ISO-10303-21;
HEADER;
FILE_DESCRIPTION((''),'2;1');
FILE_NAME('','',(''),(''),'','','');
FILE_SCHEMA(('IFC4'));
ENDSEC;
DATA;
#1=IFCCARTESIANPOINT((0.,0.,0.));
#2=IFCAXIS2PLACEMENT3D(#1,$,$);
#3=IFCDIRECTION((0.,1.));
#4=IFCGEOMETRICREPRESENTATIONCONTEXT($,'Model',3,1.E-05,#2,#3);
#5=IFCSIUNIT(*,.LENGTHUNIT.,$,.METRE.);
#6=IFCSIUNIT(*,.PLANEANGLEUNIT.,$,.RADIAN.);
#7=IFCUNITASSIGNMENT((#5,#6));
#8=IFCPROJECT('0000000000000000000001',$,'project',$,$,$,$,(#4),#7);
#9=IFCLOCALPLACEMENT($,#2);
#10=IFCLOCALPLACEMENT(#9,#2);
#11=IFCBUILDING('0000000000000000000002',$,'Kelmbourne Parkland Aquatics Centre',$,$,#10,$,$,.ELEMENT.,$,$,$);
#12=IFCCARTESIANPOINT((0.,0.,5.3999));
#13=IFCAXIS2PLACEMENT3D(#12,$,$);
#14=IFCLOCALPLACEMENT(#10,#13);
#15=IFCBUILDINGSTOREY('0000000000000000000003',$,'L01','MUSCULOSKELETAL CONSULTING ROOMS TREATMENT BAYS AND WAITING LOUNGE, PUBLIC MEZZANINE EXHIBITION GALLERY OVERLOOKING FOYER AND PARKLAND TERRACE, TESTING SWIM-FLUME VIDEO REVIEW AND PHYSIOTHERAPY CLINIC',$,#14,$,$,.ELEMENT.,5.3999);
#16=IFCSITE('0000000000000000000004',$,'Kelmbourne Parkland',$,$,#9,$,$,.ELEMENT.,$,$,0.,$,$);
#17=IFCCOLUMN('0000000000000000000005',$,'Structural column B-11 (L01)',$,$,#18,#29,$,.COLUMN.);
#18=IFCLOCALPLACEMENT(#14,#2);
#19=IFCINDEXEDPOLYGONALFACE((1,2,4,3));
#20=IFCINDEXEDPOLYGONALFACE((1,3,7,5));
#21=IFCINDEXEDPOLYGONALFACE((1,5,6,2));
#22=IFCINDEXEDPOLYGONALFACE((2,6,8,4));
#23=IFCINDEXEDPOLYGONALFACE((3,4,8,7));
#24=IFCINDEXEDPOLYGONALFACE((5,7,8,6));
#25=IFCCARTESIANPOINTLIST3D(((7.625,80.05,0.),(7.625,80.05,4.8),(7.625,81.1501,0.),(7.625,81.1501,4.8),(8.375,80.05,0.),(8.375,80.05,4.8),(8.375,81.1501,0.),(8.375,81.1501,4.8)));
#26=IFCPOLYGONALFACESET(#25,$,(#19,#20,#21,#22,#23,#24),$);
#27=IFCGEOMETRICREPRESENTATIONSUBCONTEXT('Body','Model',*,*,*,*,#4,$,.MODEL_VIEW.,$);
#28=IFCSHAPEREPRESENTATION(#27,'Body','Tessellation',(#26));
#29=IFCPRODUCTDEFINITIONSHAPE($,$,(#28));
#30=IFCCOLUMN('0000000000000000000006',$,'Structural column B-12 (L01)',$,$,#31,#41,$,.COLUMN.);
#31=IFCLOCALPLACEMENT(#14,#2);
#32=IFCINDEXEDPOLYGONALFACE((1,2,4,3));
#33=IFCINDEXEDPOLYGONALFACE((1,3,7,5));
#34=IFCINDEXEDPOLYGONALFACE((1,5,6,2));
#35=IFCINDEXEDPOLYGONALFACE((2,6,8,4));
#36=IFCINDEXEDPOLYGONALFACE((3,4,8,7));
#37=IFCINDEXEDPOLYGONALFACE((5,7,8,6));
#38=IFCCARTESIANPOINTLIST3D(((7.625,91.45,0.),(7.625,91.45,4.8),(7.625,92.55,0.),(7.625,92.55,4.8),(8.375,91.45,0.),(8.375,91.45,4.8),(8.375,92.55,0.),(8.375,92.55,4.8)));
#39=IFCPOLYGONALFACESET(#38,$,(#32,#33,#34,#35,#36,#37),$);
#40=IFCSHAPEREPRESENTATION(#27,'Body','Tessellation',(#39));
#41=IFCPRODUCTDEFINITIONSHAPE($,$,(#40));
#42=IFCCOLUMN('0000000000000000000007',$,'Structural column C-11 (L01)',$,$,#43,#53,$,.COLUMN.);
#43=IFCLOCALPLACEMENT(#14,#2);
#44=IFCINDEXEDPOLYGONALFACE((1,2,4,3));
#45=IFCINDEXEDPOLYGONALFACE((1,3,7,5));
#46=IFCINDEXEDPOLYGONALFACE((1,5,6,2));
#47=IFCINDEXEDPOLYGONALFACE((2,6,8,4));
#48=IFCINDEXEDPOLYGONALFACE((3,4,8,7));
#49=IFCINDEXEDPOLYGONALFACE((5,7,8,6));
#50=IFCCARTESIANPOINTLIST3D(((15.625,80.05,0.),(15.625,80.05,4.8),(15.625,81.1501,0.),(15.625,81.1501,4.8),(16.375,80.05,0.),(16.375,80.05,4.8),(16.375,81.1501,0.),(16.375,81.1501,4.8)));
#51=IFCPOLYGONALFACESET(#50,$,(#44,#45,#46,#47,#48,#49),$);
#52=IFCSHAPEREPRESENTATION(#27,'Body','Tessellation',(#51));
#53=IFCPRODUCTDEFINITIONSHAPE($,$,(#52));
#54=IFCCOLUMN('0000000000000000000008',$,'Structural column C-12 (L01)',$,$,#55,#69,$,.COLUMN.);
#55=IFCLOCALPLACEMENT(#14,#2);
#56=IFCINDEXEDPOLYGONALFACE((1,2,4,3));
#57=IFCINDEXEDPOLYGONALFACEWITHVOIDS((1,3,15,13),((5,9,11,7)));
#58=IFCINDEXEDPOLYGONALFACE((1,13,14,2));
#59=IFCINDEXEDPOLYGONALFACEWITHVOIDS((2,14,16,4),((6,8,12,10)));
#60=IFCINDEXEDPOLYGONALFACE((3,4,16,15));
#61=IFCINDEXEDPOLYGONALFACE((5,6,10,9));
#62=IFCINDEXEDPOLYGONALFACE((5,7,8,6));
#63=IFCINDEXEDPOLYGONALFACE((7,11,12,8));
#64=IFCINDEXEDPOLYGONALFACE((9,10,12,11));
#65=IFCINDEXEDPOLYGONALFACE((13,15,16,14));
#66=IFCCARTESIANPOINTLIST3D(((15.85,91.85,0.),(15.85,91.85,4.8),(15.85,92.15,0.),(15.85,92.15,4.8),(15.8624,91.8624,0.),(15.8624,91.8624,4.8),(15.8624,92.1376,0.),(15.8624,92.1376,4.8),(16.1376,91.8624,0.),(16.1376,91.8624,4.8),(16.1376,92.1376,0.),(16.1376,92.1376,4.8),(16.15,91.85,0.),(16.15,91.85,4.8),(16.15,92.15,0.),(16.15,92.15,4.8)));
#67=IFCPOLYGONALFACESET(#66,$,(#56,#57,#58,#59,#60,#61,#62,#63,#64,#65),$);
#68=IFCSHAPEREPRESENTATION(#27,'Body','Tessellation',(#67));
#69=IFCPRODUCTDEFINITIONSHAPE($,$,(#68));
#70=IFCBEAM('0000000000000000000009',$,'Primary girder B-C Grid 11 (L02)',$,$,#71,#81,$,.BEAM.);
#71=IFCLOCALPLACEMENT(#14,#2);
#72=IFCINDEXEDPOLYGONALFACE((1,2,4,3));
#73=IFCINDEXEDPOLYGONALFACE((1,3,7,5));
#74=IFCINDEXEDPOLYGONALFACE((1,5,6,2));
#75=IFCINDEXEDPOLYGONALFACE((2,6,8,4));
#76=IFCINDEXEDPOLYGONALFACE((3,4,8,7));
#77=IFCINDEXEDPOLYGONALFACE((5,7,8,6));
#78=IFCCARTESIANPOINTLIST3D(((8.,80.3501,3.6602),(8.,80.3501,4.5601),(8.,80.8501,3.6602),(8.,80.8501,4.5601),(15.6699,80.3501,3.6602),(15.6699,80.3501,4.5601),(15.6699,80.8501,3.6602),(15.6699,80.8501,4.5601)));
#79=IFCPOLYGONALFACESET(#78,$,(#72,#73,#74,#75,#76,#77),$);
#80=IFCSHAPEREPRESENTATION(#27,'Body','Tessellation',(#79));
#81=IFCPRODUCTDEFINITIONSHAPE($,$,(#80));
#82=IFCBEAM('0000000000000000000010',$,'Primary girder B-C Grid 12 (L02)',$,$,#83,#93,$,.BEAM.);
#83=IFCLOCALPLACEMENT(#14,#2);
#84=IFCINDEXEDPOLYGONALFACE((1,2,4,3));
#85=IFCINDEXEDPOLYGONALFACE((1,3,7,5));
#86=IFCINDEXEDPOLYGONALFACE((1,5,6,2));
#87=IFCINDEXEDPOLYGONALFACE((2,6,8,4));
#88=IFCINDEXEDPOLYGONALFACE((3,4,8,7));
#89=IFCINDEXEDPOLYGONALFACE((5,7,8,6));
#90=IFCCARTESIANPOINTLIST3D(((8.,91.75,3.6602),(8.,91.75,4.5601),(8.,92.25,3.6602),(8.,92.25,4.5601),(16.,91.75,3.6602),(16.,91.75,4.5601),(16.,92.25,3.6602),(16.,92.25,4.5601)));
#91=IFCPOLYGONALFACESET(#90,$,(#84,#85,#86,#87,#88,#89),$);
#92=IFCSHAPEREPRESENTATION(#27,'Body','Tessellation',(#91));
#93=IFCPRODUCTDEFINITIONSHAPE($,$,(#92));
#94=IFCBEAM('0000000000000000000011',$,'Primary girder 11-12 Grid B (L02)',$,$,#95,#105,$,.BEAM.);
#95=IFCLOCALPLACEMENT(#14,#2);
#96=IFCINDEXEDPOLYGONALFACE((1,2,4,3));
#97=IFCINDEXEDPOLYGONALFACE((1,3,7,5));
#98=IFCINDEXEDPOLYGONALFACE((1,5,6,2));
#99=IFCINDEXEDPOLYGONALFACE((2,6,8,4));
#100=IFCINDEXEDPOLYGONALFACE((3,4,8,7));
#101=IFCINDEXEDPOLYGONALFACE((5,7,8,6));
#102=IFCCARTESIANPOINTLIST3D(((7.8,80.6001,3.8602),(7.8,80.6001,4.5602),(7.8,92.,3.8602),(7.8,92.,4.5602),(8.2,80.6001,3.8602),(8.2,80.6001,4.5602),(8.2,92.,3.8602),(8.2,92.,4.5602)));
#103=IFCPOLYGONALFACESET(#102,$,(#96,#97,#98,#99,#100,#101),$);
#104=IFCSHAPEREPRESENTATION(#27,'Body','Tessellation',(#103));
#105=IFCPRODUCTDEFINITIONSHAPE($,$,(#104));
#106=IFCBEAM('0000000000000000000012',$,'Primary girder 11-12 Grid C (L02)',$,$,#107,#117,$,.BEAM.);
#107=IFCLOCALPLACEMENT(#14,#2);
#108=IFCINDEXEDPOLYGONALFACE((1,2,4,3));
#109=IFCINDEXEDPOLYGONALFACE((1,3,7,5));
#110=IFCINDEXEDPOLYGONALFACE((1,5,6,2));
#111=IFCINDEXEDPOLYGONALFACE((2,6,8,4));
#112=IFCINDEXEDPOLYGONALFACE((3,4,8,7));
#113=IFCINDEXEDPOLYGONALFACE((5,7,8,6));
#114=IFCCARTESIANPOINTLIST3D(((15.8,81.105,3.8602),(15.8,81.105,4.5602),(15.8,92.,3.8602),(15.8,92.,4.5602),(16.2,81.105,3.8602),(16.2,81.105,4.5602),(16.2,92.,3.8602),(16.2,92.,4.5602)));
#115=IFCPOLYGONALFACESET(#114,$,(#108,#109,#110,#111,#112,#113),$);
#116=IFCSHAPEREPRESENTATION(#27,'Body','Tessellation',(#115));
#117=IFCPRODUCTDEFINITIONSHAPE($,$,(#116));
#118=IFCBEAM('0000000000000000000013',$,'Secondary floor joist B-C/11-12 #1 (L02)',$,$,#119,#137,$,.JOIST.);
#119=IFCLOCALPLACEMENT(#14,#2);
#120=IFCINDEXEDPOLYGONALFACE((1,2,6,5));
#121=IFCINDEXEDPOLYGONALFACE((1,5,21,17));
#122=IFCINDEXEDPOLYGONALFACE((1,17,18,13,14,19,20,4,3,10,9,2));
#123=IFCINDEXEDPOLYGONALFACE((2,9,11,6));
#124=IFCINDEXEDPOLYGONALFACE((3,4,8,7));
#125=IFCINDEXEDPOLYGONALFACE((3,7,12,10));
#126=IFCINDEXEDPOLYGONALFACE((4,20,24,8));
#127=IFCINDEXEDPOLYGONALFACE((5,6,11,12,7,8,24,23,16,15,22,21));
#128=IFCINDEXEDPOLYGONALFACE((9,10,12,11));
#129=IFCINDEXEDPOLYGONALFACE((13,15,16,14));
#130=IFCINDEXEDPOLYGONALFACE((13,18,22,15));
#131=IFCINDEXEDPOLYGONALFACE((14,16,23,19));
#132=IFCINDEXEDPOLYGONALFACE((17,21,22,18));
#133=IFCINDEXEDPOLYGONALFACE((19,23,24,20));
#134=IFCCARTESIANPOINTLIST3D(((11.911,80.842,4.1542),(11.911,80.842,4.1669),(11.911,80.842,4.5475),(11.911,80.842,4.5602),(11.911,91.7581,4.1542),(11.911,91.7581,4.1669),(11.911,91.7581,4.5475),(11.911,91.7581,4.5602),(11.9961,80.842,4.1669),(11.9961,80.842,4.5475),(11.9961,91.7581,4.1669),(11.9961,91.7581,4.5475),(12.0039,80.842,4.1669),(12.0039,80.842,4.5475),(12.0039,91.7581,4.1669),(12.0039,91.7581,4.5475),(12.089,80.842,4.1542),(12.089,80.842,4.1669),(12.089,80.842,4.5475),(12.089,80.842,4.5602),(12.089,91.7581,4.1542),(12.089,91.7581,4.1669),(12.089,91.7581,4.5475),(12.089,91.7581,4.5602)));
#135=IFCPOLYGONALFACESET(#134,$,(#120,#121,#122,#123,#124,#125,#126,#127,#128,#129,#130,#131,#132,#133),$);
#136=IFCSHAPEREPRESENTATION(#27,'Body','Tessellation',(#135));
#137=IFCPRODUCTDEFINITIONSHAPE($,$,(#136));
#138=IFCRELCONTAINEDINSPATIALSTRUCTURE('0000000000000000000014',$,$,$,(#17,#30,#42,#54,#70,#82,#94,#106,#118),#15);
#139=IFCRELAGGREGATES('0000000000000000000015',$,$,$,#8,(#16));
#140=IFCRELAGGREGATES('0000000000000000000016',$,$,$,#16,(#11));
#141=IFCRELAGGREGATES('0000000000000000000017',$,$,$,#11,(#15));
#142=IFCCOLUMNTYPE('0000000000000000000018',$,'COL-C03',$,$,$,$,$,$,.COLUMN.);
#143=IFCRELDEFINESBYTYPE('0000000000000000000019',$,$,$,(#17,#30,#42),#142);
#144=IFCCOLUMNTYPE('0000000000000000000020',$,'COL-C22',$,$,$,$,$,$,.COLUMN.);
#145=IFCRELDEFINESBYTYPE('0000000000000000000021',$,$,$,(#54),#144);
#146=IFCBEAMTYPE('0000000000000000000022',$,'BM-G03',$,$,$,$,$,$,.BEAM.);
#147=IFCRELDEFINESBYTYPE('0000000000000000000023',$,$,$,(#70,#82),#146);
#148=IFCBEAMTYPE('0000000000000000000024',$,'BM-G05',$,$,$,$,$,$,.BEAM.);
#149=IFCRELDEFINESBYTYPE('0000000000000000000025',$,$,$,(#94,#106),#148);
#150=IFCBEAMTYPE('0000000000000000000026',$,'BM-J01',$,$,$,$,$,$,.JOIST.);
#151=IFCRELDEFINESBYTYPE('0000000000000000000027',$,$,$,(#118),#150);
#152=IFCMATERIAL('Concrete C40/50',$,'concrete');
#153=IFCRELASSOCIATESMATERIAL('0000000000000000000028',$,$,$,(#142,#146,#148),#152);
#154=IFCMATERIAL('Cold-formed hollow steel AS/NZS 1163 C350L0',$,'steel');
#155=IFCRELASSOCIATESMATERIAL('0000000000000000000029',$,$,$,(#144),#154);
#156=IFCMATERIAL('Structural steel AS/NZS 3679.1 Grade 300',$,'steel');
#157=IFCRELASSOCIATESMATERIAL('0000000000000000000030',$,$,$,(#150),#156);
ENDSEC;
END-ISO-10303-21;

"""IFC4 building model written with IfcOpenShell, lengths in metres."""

from ifc_helpers import new_model, si_unit, direction, frame, origin, origin_2d, place, context, subcontext, project, spatial, rectangle, hollow_rectangle, i_section, extrude, material, material_profile, profile_set, type_object, element, save


model = new_model("IFC4")

# Units and contexts
model_context = context("Model", 3, precision=1e-05, world=origin(), true_north=direction((0.0, 1.0)))
body_context = subcontext(model_context, "Body", "Model", "MODEL_VIEW")
ifc_project = project(units=[si_unit("LENGTHUNIT", "METRE"), si_unit("PLANEANGLEUNIT", "RADIAN")], contexts=[model_context])

# Site, building, storey
site_placement = place(None, origin())
site = spatial("IfcSite", under=ifc_project, at=site_placement, Name="Kelmbourne Parkland", CompositionType="ELEMENT", RefElevation=0.0)
building_placement = place(site_placement, origin())
building = spatial("IfcBuilding", under=site, at=building_placement, Name="Kelmbourne Parkland Aquatics Centre", CompositionType="ELEMENT")
storey_placement = place(building_placement, frame((0.0, 0.0, 5.3999)))
storey = spatial("IfcBuildingStorey", under=building, at=storey_placement, Name="L01", Description="MUSCULOSKELETAL CONSULTING ROOMS TREATMENT BAYS AND WAITING LOUNGE, PUBLIC MEZZANINE EXHIBITION GALLERY OVERLOOKING FOYER AND PARKLAND TERRACE, TESTING SWIM-FLUME VIDEO REVIEW AND PHYSIOTHERAPY CLINIC", CompositionType="ELEMENT", Elevation=5.3999)

# Columns
ifc_material_1 = material(Name="Concrete C40/50", Category="concrete")
ifc_material_profile_1 = material_profile(ifc_material_1, rectangle(XDim=0.75, YDim=1.1001, at=origin_2d()), Name="RC 750x1100")
ifc_profile_set_1 = profile_set([ifc_material_profile_1], Name="Concrete C40/50")
column_type_1 = type_object("IfcColumnType", Name="COL-C03", PredefinedType="COLUMN", material=ifc_profile_set_1)
for number, where, z_axis, x_axis, name in (
    (1, (8.0, 80.6001, 0.0), (0.0, 0.0, 1.0), (1.0, 0.0, 0.0), "Structural column B-11 (L01)"),
    (2, (8.0, 92.0, 0.0), (0.0, 0.0, 1.0), (1.0, 0.0, 0.0), "Structural column B-12 (L01)"),
    (3, (16.0, 80.6001, 0.0), (0.0, 0.0, 1.0), (1.0, 0.0, 0.0), "Structural column C-11 (L01)"),
):
    element("IfcColumn", number, at=place(storey_placement, frame(where, z_axis=z_axis, x_axis=x_axis)), inside=storey, type_object=column_type_1, Name=name, PredefinedType="COLUMN", context=body_context, shape_type="SweptSolid", body=[
        extrude(rectangle(XDim=0.75, YDim=1.1001, at=origin_2d()), origin(), (0.0, 0.0, 1.0), 4.8),
    ])
ifc_material_2 = material(Name="Cold-formed hollow steel AS/NZS 1163 C350L0", Category="steel")
ifc_material_profile_2 = material_profile(ifc_material_2, hollow_rectangle(XDim=0.3, YDim=0.3, WallThickness=0.0125, at=origin_2d()), Name="SHS 300x300x12.5")
ifc_profile_set_2 = profile_set([ifc_material_profile_2], Name="Cold-formed hollow steel AS/NZS 1163 C350L0")
column_type_2 = type_object("IfcColumnType", Name="COL-C22", PredefinedType="COLUMN", material=ifc_profile_set_2)
column_placement = place(storey_placement, frame((16.0, 92.0, 0.0), z_axis=(0.0, 0.0, 1.0), x_axis=(1.0, 0.0, 0.0)))
element("IfcColumn", 4, at=column_placement, inside=storey, type_object=column_type_2, Name="Structural column C-12 (L01)", PredefinedType="COLUMN", context=body_context, shape_type="SweptSolid", body=[
    extrude(hollow_rectangle(XDim=0.3, YDim=0.3, WallThickness=0.0125, at=origin_2d()), origin(), (0.0, 0.0, 1.0), 4.8),
])

# Beams
ifc_material_profile_3 = material_profile(ifc_material_1, rectangle(XDim=0.5, YDim=0.8999, at=origin_2d()), Name="RC 500x900")
ifc_profile_set_3 = profile_set([ifc_material_profile_3], Name="Concrete C40/50")
beam_type_1 = type_object("IfcBeamType", Name="BM-G03", PredefinedType="BEAM", material=ifc_profile_set_3)
beam_1_placement = place(storey_placement, frame((8.0, 80.6001, 4.1101), z_axis=(1.0, 0.0, 0.0), x_axis=(0.0, 1.0, 0.0)))
element("IfcBeam", 5, at=beam_1_placement, inside=storey, type_object=beam_type_1, Name="Primary girder B-C Grid 11 (L02)", PredefinedType="BEAM", context=body_context, shape_type="SweptSolid", body=[
    extrude(rectangle(XDim=0.5, YDim=0.8999, at=origin_2d()), origin(), (0.0, 0.0, 1.0), 7.6699),
])
beam_2_placement = place(storey_placement, frame((8.0, 92.0, 4.1101), z_axis=(1.0, 0.0, 0.0), x_axis=(0.0, 1.0, 0.0)))
element("IfcBeam", 6, at=beam_2_placement, inside=storey, type_object=beam_type_1, Name="Primary girder B-C Grid 12 (L02)", PredefinedType="BEAM", context=body_context, shape_type="SweptSolid", body=[
    extrude(rectangle(XDim=0.5, YDim=0.8999, at=origin_2d()), origin(), (0.0, 0.0, 1.0), 8.0),
])
ifc_material_profile_4 = material_profile(ifc_material_1, rectangle(XDim=0.3999, YDim=0.7, at=origin_2d()), Name="RC 400x700")
ifc_profile_set_4 = profile_set([ifc_material_profile_4], Name="Concrete C40/50")
beam_type_2 = type_object("IfcBeamType", Name="BM-G05", PredefinedType="BEAM", material=ifc_profile_set_4)
beam_3_placement = place(storey_placement, frame((8.0, 80.6001, 4.2102), z_axis=(0.0, 1.0, 0.0), x_axis=(-1.0, 0.0, 0.0)))
element("IfcBeam", 7, at=beam_3_placement, inside=storey, type_object=beam_type_2, Name="Primary girder 11-12 Grid B (L02)", PredefinedType="BEAM", context=body_context, shape_type="SweptSolid", body=[
    extrude(rectangle(XDim=0.3999, YDim=0.7, at=origin_2d()), origin(), (0.0, 0.0, 1.0), 11.3999),
])
beam_4_placement = place(storey_placement, frame((16.0, 81.105, 4.2102), z_axis=(0.0, 1.0, 0.0), x_axis=(-1.0, 0.0, 0.0)))
element("IfcBeam", 8, at=beam_4_placement, inside=storey, type_object=beam_type_2, Name="Primary girder 11-12 Grid C (L02)", PredefinedType="BEAM", context=body_context, shape_type="SweptSolid", body=[
    extrude(rectangle(XDim=0.3999, YDim=0.7, at=origin_2d()), origin(), (0.0, 0.0, 1.0), 10.895),
])
ifc_material_3 = material(Name="Structural steel AS/NZS 3679.1 Grade 300", Category="steel")
ifc_material_profile_5 = material_profile(ifc_material_3, i_section(OverallWidth=0.178, OverallDepth=0.406, WebThickness=0.0078, FlangeThickness=0.0127, at=origin_2d()), Name="410UB59.7")
ifc_profile_set_5 = profile_set([ifc_material_profile_5], Name="Structural steel AS/NZS 3679.1 Grade 300")
beam_type_3 = type_object("IfcBeamType", Name="BM-J01", PredefinedType="JOIST", material=ifc_profile_set_5)
beam_5_placement = place(storey_placement, frame((12.0, 80.842, 4.3572), z_axis=(0.0, 1.0, 0.0), x_axis=(-1.0, 0.0, 0.0)))
element("IfcBeam", 9, at=beam_5_placement, inside=storey, type_object=beam_type_3, Name="Secondary floor joist B-C/11-12 #1 (L02)", PredefinedType="JOIST", context=body_context, shape_type="SweptSolid", body=[
    extrude(i_section(OverallWidth=0.178, OverallDepth=0.406, WebThickness=0.0078, FlangeThickness=0.0127, at=origin_2d()), origin(), (0.0, 0.0, 1.0), 10.916),
])

save(model, "model.ifc")
